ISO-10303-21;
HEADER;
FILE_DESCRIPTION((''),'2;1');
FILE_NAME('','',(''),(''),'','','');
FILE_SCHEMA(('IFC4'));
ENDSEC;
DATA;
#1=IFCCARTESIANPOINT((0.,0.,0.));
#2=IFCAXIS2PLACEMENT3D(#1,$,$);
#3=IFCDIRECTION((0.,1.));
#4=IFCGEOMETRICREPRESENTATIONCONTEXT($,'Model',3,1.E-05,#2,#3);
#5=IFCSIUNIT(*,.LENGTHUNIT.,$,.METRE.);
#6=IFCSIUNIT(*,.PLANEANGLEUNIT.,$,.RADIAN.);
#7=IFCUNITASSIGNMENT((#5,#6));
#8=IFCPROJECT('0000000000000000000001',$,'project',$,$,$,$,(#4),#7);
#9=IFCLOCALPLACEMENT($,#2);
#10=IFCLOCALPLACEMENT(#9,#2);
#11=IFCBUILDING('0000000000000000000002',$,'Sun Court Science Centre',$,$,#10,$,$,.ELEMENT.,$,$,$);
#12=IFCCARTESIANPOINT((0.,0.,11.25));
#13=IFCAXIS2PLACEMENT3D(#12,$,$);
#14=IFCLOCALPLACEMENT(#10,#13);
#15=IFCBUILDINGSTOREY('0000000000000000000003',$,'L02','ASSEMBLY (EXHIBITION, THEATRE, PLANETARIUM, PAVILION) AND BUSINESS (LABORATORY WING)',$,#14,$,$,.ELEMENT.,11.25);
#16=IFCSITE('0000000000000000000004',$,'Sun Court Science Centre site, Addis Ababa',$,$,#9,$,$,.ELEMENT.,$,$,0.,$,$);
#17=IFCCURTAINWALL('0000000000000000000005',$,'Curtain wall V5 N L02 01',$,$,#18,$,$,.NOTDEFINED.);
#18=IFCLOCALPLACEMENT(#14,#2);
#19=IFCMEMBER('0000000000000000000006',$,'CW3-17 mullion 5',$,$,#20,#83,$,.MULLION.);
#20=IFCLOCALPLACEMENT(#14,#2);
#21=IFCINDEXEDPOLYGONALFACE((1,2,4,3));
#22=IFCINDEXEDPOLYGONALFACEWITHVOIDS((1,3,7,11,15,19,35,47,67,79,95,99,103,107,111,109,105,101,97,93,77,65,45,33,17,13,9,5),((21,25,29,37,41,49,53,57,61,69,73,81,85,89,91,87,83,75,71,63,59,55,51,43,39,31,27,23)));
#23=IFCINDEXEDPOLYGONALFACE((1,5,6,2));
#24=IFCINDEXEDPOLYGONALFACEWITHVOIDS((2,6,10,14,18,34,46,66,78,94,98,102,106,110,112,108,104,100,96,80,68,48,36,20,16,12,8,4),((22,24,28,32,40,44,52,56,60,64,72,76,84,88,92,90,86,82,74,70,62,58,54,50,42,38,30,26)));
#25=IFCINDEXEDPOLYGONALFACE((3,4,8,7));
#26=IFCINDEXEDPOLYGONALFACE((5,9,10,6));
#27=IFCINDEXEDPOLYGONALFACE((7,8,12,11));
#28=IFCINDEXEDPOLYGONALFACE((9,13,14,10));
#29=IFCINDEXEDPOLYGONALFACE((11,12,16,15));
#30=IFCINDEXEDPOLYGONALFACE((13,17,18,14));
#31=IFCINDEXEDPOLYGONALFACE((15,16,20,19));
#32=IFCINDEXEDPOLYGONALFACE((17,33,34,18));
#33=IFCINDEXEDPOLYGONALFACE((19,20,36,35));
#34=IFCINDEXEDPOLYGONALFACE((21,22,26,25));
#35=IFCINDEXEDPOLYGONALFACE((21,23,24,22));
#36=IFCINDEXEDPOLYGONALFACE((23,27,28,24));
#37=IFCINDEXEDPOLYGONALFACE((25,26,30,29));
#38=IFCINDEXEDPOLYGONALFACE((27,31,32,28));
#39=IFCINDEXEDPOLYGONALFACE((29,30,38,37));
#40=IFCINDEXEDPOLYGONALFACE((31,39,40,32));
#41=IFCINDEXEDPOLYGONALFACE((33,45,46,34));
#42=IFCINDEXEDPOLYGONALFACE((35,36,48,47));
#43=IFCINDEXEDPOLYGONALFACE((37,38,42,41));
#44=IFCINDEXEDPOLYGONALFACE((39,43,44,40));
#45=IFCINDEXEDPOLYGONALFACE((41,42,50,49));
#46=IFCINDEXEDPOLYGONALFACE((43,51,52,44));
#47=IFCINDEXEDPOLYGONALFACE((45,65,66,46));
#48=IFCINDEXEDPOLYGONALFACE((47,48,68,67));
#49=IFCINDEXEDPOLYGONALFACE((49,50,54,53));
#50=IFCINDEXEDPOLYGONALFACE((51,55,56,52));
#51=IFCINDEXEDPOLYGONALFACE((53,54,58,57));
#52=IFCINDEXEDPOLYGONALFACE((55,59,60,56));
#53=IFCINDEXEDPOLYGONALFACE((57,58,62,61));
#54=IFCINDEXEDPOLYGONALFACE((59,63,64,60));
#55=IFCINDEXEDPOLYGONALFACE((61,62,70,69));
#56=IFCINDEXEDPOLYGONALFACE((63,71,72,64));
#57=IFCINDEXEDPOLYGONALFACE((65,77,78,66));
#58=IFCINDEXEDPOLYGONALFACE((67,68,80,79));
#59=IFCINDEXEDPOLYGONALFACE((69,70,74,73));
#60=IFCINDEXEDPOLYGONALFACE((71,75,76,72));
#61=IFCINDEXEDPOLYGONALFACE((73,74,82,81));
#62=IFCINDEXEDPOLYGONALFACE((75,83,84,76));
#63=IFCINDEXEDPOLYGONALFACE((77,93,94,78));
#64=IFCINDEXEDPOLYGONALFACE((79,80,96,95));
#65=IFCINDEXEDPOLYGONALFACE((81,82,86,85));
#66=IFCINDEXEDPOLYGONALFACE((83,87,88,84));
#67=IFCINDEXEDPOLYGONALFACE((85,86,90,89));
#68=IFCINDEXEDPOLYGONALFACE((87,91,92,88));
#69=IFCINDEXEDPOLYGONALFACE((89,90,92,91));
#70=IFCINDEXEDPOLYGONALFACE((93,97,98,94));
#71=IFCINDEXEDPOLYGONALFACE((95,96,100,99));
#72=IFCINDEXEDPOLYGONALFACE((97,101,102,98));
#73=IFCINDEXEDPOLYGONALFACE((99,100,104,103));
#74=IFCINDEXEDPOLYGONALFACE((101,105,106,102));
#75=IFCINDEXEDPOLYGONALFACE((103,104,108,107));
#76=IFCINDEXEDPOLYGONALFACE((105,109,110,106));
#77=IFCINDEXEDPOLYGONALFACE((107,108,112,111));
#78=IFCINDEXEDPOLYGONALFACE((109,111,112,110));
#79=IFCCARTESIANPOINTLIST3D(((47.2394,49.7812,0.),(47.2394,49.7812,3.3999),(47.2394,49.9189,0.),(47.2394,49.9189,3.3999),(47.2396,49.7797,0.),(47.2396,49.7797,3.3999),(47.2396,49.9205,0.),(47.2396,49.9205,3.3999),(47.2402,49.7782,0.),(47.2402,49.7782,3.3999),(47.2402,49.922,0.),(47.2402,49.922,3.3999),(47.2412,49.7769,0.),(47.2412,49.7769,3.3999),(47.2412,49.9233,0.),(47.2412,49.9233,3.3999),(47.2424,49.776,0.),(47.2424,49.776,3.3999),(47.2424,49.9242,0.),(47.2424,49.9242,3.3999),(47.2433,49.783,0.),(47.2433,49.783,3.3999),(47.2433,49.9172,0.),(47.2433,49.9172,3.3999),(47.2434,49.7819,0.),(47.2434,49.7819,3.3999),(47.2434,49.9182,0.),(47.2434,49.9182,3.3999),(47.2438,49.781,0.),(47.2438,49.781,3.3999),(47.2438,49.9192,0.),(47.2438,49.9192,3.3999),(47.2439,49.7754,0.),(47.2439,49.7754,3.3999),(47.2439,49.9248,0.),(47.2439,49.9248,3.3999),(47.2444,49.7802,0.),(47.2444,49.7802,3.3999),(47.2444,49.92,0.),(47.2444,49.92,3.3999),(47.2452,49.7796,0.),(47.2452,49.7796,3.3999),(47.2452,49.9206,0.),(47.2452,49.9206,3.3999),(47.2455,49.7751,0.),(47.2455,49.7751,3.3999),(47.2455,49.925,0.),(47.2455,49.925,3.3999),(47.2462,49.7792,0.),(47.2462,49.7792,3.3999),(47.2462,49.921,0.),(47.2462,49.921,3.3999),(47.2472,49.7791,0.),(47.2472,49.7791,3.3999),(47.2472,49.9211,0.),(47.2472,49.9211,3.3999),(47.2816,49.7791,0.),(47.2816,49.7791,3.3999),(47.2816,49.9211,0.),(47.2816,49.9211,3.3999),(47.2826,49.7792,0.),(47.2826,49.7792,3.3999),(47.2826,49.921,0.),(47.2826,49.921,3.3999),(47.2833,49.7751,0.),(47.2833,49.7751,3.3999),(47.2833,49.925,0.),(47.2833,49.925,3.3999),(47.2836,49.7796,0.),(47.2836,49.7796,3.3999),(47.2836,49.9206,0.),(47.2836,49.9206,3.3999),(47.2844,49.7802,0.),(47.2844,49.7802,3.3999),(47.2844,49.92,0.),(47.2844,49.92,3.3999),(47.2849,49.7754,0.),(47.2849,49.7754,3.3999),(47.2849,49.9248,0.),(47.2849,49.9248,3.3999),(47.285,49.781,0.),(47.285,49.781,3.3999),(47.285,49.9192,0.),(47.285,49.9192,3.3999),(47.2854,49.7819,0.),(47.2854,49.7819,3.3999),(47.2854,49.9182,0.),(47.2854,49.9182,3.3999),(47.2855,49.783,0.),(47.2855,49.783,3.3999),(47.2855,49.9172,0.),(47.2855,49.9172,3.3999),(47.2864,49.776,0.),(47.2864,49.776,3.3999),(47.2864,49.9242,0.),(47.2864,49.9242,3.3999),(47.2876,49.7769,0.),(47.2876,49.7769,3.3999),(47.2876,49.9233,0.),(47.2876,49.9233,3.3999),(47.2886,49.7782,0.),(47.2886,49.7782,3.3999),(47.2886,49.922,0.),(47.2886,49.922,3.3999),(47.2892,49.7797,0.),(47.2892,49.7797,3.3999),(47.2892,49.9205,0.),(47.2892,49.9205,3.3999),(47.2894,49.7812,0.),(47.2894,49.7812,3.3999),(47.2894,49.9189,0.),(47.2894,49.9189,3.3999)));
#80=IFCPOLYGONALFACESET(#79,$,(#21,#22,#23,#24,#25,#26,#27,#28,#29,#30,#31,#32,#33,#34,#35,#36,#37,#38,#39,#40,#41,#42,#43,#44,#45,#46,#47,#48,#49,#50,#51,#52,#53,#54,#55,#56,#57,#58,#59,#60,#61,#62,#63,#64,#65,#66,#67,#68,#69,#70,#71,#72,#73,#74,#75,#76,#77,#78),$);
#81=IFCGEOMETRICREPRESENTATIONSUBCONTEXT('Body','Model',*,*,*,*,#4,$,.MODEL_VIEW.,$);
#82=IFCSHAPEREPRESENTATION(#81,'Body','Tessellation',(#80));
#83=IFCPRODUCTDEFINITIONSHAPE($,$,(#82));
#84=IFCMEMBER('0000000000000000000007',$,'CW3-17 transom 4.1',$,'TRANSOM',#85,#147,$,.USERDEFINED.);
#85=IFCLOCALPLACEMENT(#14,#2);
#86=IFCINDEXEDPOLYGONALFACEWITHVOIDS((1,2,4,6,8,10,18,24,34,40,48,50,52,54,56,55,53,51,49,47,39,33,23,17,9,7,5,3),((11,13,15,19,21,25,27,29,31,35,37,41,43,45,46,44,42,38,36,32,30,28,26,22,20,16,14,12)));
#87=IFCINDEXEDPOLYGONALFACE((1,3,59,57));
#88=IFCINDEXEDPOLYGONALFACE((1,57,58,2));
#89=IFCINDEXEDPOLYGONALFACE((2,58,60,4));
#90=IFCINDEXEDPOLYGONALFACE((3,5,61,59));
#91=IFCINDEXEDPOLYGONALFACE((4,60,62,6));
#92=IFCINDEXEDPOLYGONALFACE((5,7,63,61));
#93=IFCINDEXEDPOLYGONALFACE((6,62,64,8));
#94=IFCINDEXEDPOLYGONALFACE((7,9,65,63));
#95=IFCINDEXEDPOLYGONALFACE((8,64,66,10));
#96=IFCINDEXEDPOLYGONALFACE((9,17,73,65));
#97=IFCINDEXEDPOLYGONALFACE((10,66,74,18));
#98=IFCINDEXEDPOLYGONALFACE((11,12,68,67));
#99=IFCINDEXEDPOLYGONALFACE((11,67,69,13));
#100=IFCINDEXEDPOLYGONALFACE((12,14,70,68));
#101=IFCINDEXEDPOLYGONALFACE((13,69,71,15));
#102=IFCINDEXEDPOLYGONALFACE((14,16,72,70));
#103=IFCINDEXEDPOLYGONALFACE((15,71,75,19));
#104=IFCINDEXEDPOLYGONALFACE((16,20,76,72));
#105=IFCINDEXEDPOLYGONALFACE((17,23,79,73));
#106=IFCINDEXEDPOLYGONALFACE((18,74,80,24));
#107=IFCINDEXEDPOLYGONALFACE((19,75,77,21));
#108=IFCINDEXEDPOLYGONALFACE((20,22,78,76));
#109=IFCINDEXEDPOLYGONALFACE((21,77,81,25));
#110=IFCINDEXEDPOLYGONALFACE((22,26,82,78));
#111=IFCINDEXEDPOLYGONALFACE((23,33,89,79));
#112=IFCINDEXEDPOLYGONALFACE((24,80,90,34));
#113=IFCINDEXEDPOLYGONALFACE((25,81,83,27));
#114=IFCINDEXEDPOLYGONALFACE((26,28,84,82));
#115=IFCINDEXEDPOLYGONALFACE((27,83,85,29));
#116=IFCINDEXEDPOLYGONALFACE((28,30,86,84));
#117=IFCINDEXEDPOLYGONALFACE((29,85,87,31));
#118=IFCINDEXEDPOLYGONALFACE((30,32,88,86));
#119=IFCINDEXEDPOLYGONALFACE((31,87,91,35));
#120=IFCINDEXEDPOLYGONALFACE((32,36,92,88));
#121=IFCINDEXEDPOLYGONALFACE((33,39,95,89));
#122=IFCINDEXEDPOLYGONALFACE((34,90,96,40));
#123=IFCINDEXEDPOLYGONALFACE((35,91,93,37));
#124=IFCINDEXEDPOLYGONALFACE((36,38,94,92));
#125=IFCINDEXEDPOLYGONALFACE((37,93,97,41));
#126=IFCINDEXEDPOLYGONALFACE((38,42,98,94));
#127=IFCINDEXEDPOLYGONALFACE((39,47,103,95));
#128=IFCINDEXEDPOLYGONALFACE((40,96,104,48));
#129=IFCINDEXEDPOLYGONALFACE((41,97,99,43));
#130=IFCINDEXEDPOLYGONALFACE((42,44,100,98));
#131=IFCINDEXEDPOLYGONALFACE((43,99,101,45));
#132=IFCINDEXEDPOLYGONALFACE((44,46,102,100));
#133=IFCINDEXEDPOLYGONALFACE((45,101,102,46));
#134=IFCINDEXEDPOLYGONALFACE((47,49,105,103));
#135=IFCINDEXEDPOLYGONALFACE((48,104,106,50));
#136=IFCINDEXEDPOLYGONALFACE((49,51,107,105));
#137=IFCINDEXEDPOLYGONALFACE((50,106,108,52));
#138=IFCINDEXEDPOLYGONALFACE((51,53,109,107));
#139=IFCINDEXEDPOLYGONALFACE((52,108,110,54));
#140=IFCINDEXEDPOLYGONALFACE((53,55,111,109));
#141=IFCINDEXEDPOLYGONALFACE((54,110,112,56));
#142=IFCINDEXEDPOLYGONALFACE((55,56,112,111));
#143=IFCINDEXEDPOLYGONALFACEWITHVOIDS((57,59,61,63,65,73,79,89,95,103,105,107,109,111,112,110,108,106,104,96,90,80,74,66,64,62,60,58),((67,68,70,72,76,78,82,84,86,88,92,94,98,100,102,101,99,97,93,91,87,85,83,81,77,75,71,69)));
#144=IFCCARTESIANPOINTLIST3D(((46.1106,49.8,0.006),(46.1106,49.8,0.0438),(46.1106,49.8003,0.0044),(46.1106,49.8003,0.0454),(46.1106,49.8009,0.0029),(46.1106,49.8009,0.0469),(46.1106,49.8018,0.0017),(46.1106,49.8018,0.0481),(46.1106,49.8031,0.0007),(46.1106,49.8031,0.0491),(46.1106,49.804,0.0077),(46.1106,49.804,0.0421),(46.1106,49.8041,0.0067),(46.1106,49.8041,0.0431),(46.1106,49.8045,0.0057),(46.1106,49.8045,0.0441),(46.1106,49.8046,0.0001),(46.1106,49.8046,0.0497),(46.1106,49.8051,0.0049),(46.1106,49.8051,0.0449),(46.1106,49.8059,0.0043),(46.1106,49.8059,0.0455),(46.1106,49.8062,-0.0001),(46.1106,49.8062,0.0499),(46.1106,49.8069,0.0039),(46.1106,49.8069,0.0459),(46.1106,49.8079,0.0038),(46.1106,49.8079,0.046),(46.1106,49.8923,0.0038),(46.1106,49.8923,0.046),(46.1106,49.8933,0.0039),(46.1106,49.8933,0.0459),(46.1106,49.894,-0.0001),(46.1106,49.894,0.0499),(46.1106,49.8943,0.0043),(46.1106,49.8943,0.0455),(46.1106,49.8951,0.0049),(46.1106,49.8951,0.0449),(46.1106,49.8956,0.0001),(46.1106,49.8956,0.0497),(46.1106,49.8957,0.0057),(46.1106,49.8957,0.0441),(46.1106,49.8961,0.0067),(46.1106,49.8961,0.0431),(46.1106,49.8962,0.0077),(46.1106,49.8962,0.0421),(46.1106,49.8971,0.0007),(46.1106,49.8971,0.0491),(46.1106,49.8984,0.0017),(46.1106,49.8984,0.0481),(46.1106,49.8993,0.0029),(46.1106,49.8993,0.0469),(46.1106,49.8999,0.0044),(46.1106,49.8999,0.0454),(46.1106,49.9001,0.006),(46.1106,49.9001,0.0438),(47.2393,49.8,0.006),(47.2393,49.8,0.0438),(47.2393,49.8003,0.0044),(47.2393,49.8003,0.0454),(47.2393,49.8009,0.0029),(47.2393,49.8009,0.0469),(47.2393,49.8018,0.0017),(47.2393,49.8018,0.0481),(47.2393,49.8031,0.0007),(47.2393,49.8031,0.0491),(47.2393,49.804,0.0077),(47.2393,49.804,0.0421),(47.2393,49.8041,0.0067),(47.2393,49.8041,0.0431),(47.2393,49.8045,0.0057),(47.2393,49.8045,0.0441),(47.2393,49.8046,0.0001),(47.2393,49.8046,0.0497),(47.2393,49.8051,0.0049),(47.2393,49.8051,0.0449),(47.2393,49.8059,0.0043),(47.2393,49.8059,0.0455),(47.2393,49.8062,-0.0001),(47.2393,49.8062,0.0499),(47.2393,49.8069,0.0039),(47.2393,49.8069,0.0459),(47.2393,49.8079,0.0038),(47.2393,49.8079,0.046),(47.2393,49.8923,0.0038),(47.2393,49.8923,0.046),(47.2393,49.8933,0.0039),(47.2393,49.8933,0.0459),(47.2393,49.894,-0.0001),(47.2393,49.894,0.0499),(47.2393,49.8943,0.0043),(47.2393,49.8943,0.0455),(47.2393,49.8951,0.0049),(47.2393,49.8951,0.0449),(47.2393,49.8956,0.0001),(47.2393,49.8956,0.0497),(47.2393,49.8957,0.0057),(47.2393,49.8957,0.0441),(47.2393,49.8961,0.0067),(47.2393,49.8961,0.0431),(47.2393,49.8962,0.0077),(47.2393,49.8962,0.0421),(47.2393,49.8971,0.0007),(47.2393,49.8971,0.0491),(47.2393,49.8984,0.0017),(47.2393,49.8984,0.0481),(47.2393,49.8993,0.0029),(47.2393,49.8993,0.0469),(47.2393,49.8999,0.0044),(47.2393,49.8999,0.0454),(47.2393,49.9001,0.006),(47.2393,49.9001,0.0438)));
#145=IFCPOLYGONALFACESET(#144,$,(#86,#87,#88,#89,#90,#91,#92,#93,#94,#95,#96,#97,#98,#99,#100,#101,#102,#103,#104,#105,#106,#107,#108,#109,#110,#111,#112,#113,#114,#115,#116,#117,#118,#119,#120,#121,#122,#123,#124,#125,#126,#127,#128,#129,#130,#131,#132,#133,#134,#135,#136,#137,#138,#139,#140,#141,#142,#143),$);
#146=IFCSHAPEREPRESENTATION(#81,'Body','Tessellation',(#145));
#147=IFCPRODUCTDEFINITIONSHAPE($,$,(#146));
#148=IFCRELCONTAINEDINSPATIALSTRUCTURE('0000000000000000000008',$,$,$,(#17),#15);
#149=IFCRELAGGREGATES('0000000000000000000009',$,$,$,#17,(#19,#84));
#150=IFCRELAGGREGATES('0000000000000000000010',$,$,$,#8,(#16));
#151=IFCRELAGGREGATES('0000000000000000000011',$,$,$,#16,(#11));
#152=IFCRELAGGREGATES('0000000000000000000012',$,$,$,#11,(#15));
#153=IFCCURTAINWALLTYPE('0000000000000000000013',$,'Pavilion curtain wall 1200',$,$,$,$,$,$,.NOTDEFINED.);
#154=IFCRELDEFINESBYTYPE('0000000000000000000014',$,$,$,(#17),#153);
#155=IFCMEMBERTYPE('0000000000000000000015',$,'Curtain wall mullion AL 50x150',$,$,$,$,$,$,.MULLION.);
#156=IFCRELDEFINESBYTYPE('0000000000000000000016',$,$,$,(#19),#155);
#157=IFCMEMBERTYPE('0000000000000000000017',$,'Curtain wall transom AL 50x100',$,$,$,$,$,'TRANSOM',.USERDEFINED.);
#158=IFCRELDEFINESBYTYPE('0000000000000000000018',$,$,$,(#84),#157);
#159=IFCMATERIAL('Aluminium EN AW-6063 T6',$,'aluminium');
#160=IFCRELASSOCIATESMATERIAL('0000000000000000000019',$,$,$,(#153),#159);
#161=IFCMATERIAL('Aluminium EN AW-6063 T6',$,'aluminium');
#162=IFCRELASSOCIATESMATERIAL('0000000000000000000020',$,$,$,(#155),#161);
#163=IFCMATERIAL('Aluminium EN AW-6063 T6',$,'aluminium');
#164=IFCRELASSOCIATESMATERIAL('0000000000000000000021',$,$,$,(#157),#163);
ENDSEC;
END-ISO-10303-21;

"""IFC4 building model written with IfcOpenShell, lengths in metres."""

from ifc_helpers import new_model, si_unit, direction, frame, origin, origin_2d, place, context, subcontext, project, spatial, hollow_rectangle, extrude, material, material_profile, profile_set, type_object, element, aggregate, save


model = new_model("IFC4")

# Units and contexts
model_context = context("Model", 3, precision=1e-05, world=origin(), true_north=direction((0.0, 1.0)))
body_context = subcontext(model_context, "Body", "Model", "MODEL_VIEW")
ifc_project = project(units=[si_unit("LENGTHUNIT", "METRE"), si_unit("PLANEANGLEUNIT", "RADIAN")], contexts=[model_context])

# Site, building, storey
site_placement = place(None, origin())
site = spatial("IfcSite", under=ifc_project, at=site_placement, Name="Sun Court Science Centre site, Addis Ababa", CompositionType="ELEMENT", RefElevation=0.0)
building_placement = place(site_placement, origin())
building = spatial("IfcBuilding", under=site, at=building_placement, Name="Sun Court Science Centre", CompositionType="ELEMENT")
storey_placement = place(building_placement, frame((0.0, 0.0, 11.25)))
storey = spatial("IfcBuildingStorey", under=building, at=storey_placement, Name="L02", Description="ASSEMBLY (EXHIBITION, THEATRE, PLANETARIUM, PAVILION) AND BUSINESS (LABORATORY WING)", CompositionType="ELEMENT", Elevation=11.25)

# Shared definitions
ifc_material_1 = material(Name="Aluminium EN AW-6063 T6", Category="aluminium")
curtain_wall_type = type_object("IfcCurtainWallType", Name="Pavilion curtain wall 1200", PredefinedType="NOTDEFINED", material=ifc_material_1)
ifc_material_2 = material(Name="Aluminium EN AW-6063 T6", Category="aluminium")
ifc_material_profile_1 = material_profile(ifc_material_2, hollow_rectangle(XDim=0.05, YDim=0.1499, WallThickness=0.0039, InnerFilletRadius=0.0039, OuterFilletRadius=0.0061, at=origin_2d()), Name="AL 50x150x4")
ifc_profile_set_1 = profile_set([ifc_material_profile_1], Name="Aluminium EN AW-6063 T6")
member_type_1 = type_object("IfcMemberType", Name="Curtain wall mullion AL 50x150", PredefinedType="MULLION", material=ifc_profile_set_1)

# Curtain wall, members
curtain_wall_1_placement = place(storey_placement, origin())
curtain_wall_1 = element("IfcCurtainWall", 1, at=curtain_wall_1_placement, inside=storey, type_object=curtain_wall_type, Name="Curtain wall V5 N L02 01", PredefinedType="NOTDEFINED")
member_1_placement = place(storey_placement, frame((47.2644, 49.8501, 0.0), z_axis=(0.0, 0.0, 1.0), x_axis=(1.0, 0.0, 0.0)))
member_1 = element("IfcMember", 2, at=member_1_placement, type_object=member_type_1, Name="CW3-17 mullion 5", PredefinedType="MULLION", context=body_context, shape_type="SweptSolid", body=[
    extrude(hollow_rectangle(XDim=0.05, YDim=0.1499, WallThickness=0.0039, InnerFilletRadius=0.0039, OuterFilletRadius=0.0061, at=origin_2d()), origin(), (0.0, 0.0, 1.0), 3.3999),
])
ifc_material_3 = material(Name="Aluminium EN AW-6063 T6", Category="aluminium")
ifc_material_profile_2 = material_profile(ifc_material_3, hollow_rectangle(XDim=0.05, YDim=0.1001, WallThickness=0.0039, InnerFilletRadius=0.0039, OuterFilletRadius=0.0061, at=origin_2d()), Name="AL 50x100x4")
ifc_profile_set_2 = profile_set([ifc_material_profile_2], Name="Aluminium EN AW-6063 T6")
member_type_2 = type_object("IfcMemberType", Name="Curtain wall transom AL 50x100", ElementType="TRANSOM", PredefinedType="USERDEFINED", material=ifc_profile_set_2)
member_2_placement = place(storey_placement, frame((46.1106, 49.8501, 0.0249), z_axis=(1.0, 0.0, 0.0), x_axis=(0.0, 0.0, 1.0)))
member_2 = element("IfcMember", 3, at=member_2_placement, type_object=member_type_2, Name="CW3-17 transom 4.1", ObjectType="TRANSOM", PredefinedType="USERDEFINED", context=body_context, shape_type="SweptSolid", body=[
    extrude(hollow_rectangle(XDim=0.05, YDim=0.1001, WallThickness=0.0039, InnerFilletRadius=0.0039, OuterFilletRadius=0.0061, at=origin_2d()), origin(), (0.0, 0.0, 1.0), 1.1287),
])

aggregate(curtain_wall_1, [member_1, member_2])

save(model, "model.ifc")
